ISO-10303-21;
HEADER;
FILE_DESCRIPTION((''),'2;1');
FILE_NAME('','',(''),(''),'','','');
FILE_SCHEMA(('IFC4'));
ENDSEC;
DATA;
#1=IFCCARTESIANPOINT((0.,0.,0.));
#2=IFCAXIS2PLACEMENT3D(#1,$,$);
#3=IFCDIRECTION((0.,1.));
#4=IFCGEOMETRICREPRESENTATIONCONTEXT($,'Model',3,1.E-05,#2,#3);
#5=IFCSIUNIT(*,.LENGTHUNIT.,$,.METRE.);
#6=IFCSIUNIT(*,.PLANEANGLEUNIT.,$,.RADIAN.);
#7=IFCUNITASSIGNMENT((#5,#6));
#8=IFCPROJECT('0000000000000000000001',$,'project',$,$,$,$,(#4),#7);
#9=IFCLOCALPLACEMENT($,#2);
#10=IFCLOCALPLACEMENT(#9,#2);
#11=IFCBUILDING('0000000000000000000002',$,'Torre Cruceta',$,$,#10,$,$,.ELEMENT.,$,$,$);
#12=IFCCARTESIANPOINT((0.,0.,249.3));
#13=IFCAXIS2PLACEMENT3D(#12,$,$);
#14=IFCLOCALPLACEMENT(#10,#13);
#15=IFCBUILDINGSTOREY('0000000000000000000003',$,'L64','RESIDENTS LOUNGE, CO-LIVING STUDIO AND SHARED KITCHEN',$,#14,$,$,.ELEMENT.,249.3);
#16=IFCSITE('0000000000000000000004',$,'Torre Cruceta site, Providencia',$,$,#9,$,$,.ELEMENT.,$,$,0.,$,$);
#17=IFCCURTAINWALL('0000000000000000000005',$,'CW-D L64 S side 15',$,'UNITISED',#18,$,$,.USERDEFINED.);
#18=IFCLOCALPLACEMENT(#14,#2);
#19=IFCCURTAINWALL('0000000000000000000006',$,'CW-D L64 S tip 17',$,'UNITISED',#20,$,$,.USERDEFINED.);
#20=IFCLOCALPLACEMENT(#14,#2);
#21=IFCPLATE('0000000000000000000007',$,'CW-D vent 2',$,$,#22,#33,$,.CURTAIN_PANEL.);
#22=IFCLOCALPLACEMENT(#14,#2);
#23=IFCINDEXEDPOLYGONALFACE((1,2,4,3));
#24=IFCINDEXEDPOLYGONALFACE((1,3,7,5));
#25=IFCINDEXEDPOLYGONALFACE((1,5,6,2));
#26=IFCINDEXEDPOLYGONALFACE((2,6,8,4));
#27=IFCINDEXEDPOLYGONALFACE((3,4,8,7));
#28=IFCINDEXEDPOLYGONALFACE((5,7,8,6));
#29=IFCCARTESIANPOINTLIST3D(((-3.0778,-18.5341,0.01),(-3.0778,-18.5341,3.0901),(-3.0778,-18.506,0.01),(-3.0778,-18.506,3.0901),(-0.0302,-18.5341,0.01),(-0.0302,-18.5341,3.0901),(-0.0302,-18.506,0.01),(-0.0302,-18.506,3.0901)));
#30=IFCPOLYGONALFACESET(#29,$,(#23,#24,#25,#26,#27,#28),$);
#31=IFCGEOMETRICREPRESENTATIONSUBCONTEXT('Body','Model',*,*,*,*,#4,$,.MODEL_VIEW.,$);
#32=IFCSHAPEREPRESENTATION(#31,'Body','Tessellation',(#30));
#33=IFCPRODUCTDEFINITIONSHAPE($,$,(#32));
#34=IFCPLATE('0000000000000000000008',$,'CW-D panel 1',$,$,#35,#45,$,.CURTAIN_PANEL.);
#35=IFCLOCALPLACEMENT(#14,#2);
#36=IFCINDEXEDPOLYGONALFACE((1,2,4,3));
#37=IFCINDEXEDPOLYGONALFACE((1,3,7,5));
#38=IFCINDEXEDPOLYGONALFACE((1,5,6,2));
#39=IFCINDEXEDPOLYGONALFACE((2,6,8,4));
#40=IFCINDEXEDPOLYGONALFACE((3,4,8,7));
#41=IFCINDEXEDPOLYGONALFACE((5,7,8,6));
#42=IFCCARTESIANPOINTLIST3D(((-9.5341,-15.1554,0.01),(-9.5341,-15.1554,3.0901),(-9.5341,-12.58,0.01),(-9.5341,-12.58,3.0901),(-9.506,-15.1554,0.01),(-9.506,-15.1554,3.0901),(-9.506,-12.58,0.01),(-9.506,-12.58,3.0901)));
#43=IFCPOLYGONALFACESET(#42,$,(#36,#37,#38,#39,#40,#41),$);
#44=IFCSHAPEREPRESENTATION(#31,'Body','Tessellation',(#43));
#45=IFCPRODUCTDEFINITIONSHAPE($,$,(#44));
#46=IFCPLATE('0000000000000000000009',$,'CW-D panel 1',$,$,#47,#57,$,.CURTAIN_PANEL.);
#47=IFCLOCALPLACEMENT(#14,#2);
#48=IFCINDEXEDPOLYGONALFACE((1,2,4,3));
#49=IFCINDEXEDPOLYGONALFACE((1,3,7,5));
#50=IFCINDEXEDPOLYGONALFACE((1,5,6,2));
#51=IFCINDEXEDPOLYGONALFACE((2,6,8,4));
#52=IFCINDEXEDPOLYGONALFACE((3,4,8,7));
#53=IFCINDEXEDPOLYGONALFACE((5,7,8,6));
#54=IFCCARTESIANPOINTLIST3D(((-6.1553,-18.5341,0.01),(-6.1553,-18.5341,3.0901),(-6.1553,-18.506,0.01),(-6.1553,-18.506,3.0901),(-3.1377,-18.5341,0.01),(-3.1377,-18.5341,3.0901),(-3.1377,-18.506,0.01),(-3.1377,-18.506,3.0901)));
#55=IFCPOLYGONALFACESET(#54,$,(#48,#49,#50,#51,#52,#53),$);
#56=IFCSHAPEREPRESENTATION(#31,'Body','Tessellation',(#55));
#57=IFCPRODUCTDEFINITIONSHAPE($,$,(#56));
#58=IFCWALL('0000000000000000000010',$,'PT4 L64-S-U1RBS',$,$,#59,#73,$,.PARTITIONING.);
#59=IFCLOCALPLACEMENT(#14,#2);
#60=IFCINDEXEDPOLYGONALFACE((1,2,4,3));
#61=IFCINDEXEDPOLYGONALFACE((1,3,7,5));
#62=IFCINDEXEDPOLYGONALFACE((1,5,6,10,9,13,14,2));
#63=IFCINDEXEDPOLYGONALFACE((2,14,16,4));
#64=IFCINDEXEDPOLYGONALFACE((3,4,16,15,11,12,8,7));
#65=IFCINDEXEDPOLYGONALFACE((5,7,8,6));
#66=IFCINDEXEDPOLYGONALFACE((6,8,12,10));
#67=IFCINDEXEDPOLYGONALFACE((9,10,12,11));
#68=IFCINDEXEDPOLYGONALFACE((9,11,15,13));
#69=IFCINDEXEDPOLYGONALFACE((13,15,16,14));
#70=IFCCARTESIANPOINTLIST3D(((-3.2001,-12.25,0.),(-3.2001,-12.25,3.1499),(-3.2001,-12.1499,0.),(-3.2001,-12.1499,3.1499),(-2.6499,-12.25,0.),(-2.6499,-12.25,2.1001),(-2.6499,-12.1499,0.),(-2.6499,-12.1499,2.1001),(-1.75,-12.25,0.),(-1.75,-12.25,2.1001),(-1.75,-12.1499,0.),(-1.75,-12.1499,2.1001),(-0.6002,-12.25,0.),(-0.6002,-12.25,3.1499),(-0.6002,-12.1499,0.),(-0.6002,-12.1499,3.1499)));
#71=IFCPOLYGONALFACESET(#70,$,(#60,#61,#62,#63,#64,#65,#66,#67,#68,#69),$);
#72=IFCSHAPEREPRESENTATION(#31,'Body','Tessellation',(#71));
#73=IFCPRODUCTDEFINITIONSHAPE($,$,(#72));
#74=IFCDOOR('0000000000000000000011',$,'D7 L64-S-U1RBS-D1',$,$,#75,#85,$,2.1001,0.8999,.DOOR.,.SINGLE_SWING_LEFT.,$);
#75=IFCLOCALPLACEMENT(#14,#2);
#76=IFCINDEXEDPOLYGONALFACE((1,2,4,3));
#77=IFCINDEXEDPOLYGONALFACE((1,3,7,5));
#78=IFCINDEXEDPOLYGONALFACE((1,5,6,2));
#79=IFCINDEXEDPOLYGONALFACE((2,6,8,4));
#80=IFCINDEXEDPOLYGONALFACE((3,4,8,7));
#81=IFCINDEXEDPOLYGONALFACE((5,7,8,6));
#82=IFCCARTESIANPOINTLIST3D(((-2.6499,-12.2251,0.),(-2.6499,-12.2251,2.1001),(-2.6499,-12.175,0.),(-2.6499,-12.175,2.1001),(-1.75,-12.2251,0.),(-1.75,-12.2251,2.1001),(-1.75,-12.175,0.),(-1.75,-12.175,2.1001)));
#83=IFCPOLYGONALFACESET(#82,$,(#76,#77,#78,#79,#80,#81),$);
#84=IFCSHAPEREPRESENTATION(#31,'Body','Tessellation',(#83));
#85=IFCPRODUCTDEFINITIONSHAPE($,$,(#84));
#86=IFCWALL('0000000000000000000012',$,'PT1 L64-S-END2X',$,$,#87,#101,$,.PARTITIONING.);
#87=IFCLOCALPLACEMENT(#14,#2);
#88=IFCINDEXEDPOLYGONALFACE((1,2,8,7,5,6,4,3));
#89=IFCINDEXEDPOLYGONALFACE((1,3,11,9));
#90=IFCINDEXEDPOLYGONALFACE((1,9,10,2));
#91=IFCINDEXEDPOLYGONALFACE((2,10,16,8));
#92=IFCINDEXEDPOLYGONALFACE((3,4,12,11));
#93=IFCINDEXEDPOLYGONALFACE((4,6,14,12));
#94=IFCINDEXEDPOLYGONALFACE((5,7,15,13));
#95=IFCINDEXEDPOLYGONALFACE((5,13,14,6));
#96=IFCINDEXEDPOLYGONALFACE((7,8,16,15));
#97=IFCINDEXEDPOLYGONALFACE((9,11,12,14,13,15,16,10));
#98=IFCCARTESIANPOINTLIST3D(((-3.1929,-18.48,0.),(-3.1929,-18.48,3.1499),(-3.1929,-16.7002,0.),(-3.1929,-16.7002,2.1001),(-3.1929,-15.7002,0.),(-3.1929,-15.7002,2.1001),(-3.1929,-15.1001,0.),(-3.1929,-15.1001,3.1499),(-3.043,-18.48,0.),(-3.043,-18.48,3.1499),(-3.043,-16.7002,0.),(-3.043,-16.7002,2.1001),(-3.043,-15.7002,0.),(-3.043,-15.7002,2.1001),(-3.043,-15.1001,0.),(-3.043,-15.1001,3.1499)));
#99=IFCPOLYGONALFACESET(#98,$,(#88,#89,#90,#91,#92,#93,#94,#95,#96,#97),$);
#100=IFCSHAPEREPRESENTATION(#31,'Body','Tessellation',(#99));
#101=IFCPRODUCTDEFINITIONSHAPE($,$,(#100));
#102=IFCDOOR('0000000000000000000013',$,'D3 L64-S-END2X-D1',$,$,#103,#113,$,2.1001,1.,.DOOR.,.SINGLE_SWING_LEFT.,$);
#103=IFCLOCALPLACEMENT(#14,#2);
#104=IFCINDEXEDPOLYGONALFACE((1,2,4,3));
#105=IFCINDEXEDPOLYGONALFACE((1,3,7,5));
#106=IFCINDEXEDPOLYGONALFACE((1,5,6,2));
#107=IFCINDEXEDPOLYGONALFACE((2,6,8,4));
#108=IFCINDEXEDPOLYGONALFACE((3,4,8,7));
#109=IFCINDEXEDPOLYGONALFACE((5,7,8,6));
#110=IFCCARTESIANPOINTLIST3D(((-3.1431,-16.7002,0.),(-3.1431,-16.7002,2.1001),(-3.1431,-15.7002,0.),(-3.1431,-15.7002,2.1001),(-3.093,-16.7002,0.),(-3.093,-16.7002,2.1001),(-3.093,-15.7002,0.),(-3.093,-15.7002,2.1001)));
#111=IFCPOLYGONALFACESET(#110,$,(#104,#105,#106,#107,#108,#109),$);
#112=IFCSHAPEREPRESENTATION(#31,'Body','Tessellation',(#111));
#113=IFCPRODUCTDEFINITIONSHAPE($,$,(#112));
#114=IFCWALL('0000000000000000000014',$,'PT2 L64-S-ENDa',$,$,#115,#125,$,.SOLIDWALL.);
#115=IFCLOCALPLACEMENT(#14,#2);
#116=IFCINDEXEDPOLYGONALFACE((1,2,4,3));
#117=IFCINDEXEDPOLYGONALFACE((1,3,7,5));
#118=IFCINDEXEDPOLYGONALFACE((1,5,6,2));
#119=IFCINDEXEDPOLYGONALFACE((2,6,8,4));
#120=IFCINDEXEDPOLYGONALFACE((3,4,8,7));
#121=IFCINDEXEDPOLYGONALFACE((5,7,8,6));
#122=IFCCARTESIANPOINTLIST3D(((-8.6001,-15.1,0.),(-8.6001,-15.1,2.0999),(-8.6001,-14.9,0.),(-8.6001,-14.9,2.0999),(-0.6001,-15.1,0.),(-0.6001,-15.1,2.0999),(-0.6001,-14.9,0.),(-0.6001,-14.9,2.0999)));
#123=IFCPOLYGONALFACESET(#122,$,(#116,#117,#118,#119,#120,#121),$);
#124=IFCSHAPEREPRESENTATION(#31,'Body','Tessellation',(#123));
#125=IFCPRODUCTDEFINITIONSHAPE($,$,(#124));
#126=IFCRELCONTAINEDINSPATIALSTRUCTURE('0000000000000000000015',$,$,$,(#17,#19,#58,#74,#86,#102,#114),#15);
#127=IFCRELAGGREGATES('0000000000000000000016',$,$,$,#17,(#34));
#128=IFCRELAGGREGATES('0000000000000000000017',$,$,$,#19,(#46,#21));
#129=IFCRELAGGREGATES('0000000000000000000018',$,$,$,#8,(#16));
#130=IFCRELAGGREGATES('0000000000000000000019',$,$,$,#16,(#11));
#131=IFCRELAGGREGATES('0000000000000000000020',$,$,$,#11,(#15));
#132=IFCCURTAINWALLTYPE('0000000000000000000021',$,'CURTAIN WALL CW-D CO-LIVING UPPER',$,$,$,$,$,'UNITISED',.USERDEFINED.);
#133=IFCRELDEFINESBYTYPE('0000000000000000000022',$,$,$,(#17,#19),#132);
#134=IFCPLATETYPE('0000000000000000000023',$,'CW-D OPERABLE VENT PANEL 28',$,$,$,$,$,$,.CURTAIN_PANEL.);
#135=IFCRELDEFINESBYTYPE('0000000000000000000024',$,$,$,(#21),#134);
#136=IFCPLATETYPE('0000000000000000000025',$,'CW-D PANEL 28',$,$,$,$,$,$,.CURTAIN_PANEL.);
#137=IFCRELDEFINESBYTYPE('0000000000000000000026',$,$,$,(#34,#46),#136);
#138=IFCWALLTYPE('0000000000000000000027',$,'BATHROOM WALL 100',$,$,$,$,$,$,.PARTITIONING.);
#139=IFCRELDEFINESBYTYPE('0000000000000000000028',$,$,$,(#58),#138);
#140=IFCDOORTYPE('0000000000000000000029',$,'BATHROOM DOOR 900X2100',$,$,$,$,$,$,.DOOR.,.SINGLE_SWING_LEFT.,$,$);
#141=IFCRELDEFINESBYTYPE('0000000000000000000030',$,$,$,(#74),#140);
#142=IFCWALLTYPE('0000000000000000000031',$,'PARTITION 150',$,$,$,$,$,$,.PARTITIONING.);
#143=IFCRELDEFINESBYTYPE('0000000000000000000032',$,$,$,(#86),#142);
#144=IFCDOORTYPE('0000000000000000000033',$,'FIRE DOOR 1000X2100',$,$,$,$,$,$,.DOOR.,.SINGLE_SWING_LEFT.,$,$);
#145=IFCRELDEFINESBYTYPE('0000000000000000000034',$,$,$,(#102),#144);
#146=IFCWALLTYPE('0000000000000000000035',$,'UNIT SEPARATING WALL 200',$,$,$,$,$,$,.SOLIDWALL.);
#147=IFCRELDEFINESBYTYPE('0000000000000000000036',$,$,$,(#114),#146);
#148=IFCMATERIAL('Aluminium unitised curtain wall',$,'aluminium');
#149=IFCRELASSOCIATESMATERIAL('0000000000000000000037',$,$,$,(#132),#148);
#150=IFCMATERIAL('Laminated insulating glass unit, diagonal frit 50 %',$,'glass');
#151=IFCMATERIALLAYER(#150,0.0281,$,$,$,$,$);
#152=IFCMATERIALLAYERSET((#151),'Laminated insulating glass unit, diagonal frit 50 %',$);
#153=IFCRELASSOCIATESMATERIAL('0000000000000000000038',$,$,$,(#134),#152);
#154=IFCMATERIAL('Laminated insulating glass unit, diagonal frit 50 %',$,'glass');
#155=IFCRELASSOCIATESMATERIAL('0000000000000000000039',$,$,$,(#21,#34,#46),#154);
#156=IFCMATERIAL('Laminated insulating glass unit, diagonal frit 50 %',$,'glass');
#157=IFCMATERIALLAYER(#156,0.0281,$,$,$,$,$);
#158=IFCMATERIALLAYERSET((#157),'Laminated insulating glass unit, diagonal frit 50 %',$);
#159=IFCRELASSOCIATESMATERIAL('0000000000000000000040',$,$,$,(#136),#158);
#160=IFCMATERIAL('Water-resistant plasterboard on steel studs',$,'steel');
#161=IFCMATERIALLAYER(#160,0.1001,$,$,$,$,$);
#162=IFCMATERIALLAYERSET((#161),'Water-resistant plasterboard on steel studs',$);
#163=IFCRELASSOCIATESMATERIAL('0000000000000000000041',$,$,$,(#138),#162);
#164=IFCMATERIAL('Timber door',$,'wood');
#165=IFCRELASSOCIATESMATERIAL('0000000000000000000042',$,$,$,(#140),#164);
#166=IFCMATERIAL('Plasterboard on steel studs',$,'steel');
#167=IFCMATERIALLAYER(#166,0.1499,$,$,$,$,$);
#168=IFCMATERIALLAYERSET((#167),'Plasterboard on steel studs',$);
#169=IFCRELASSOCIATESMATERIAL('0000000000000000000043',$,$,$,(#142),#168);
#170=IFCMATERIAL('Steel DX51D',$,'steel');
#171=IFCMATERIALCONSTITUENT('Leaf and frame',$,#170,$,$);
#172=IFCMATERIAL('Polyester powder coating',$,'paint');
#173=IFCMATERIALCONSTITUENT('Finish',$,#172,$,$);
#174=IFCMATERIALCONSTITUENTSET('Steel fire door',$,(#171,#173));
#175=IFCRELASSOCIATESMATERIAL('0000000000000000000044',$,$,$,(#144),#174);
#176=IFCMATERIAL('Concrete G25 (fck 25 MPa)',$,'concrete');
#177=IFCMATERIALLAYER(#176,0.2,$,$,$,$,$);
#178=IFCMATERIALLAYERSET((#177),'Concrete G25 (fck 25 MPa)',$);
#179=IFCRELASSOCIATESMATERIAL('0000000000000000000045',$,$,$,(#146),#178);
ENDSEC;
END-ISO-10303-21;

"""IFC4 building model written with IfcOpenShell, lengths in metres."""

from ifc_helpers import new_model, si_unit, direction, frame, frame_2d, origin, origin_2d, place, context, subcontext, project, spatial, rectangle, extrude, material, layer, layer_set, constituent, constituent_set, type_object, element, fill, aggregate, save


model = new_model("IFC4")

# Units and contexts
model_context = context("Model", 3, precision=1e-05, world=origin(), true_north=direction((0.0, 1.0)))
body_context = subcontext(model_context, "Body", "Model", "MODEL_VIEW")
ifc_project = project(units=[si_unit("LENGTHUNIT", "METRE"), si_unit("PLANEANGLEUNIT", "RADIAN")], contexts=[model_context])

# Site, building, storey
site_placement = place(None, origin())
site = spatial("IfcSite", under=ifc_project, at=site_placement, Name="Torre Cruceta site, Providencia", CompositionType="ELEMENT", RefElevation=0.0)
building_placement = place(site_placement, origin())
building = spatial("IfcBuilding", under=site, at=building_placement, Name="Torre Cruceta", CompositionType="ELEMENT")
storey_placement = place(building_placement, frame((0.0, 0.0, 249.3)))
storey = spatial("IfcBuildingStorey", under=building, at=storey_placement, Name="L64", Description="RESIDENTS LOUNGE, CO-LIVING STUDIO AND SHARED KITCHEN", CompositionType="ELEMENT", Elevation=249.3)

# Curtain wall
ifc_material_1 = material(Name="Aluminium unitised curtain wall", Category="aluminium")
curtain_wall_type = type_object("IfcCurtainWallType", Name="CURTAIN WALL CW-D CO-LIVING UPPER", ElementType="UNITISED", PredefinedType="USERDEFINED", material=ifc_material_1)
curtain_wall_1_placement = place(storey_placement, origin())
curtain_wall_1 = element("IfcCurtainWall", 1, at=curtain_wall_1_placement, inside=storey, type_object=curtain_wall_type, Name="CW-D L64 S side 15", ObjectType="UNITISED", PredefinedType="USERDEFINED")

# Curtain wall
curtain_wall_2_placement = place(storey_placement, origin())
curtain_wall_2 = element("IfcCurtainWall", 2, at=curtain_wall_2_placement, inside=storey, type_object=curtain_wall_type, Name="CW-D L64 S tip 17", ObjectType="UNITISED", PredefinedType="USERDEFINED")

# Plates
ifc_material_2 = material(Name="Laminated insulating glass unit, diagonal frit 50 %", Category="glass")
ifc_material_3 = material(Name="Laminated insulating glass unit, diagonal frit 50 %", Category="glass")
ifc_layer_1 = layer(ifc_material_3, 0.0281)
ifc_layer_set_1 = layer_set([ifc_layer_1], Name="Laminated insulating glass unit, diagonal frit 50 %")
plate_type_1 = type_object("IfcPlateType", Name="CW-D OPERABLE VENT PANEL 28", PredefinedType="CURTAIN_PANEL", material=ifc_layer_set_1)
plate_1_placement = place(storey_placement, frame((-1.554, -18.52, 0.01), z_axis=(0.0, 0.0, 1.0), x_axis=(1.0, 0.0, 0.0)))
plate_1 = element("IfcPlate", 3, at=plate_1_placement, type_object=plate_type_1, material=ifc_material_2, Name="CW-D vent 2", PredefinedType="CURTAIN_PANEL", context=body_context, shape_type="SweptSolid", body=[
    extrude(rectangle(XDim=3.0476, YDim=0.0281, at=origin_2d()), origin(), (0.0, 0.0, 1.0), 3.0801),
])
ifc_material_4 = material(Name="Laminated insulating glass unit, diagonal frit 50 %", Category="glass")
ifc_layer_2 = layer(ifc_material_4, 0.0281)
ifc_layer_set_2 = layer_set([ifc_layer_2], Name="Laminated insulating glass unit, diagonal frit 50 %")
plate_type_2 = type_object("IfcPlateType", Name="CW-D PANEL 28", PredefinedType="CURTAIN_PANEL", material=ifc_layer_set_2)
plate_2_placement = place(storey_placement, frame((-9.52, -13.8677, 0.01), z_axis=(0.0, 0.0, 1.0), x_axis=(0.0, -1.0, 0.0)))
plate_2 = element("IfcPlate", 4, at=plate_2_placement, type_object=plate_type_2, material=ifc_material_2, Name="CW-D panel 1", PredefinedType="CURTAIN_PANEL", context=body_context, shape_type="SweptSolid", body=[
    extrude(rectangle(XDim=2.5754, YDim=0.0281, at=origin_2d()), origin(), (0.0, 0.0, 1.0), 3.0801),
])
aggregate(curtain_wall_1, [plate_2])
plate_3_placement = place(storey_placement, frame((-4.6465, -18.52, 0.01), z_axis=(0.0, 0.0, 1.0), x_axis=(1.0, 0.0, 0.0)))
plate_3 = element("IfcPlate", 5, at=plate_3_placement, type_object=plate_type_2, material=ifc_material_2, Name="CW-D panel 1", PredefinedType="CURTAIN_PANEL", context=body_context, shape_type="SweptSolid", body=[
    extrude(rectangle(XDim=3.0176, YDim=0.0281, at=origin_2d()), origin(), (0.0, 0.0, 1.0), 3.0801),
])
aggregate(curtain_wall_2, [plate_3, plate_1])

# Walls, openings, doors
ifc_material_5 = material(Name="Water-resistant plasterboard on steel studs", Category="steel")
ifc_layer_3 = layer(ifc_material_5, 0.1001)
ifc_layer_set_3 = layer_set([ifc_layer_3], Name="Water-resistant plasterboard on steel studs")
wall_type_1 = type_object("IfcWallType", Name="BATHROOM WALL 100", PredefinedType="PARTITIONING", material=ifc_layer_set_3)
wall_1_placement = place(storey_placement, frame((-3.2, -12.2, 0.0), z_axis=(0.0, 0.0, 1.0), x_axis=(1.0, 0.0, 0.0)))
wall_1 = element("IfcWall", 6, at=wall_1_placement, inside=storey, type_object=wall_type_1, Name="PT4 L64-S-U1RBS", PredefinedType="PARTITIONING", context=body_context, shape_type="SweptSolid", body=[
    extrude(rectangle(XDim=2.5999, YDim=0.1001, at=frame_2d((1.2998, 0.0))), origin(), (0.0, 0.0, 1.0), 3.1499),
])
opening_1_placement = place(wall_1_placement, frame((0.55, 0.0, 0.0)))
opening_1 = element("IfcOpeningElement", 7, at=opening_1_placement, cuts=wall_1, PredefinedType="OPENING", context=body_context, shape_type="SweptSolid", body=[
    extrude(rectangle(XDim=0.8999, YDim=2.1001, at=frame_2d((0.45, 1.05))), frame((0.0, 0.0601, 0.0), z_axis=(0.0, -1.0, 0.0), x_axis=(1.0, 0.0, 0.0)), (0.0, 0.0, 1.0), 0.1201),
])
ifc_material_6 = material(Name="Timber door", Category="wood")
door_type_1 = type_object("IfcDoorType", Name="BATHROOM DOOR 900X2100", OperationType="SINGLE_SWING_LEFT", PredefinedType="DOOR", material=ifc_material_6)
door_1_placement = place(opening_1_placement, origin())
door_1 = element("IfcDoor", 8, at=door_1_placement, inside=storey, type_object=door_type_1, Name="D7 L64-S-U1RBS-D1", OperationType="SINGLE_SWING_LEFT", OverallHeight=2.1001, OverallWidth=0.8999, PredefinedType="DOOR", context=body_context, shape_type="SweptSolid", body=[
    extrude(rectangle(XDim=0.8999, YDim=2.1001, at=frame_2d((0.45, 1.05))), frame((0.0, 0.0249, 0.0), z_axis=(0.0, -1.0, 0.0), x_axis=(1.0, 0.0, 0.0)), (0.0, 0.0, 1.0), 0.05),
])
fill(opening_1, door_1)
ifc_material_7 = material(Name="Plasterboard on steel studs", Category="steel")
ifc_layer_4 = layer(ifc_material_7, 0.1499)
ifc_layer_set_4 = layer_set([ifc_layer_4], Name="Plasterboard on steel studs")
wall_type_2 = type_object("IfcWallType", Name="PARTITION 150", PredefinedType="PARTITIONING", material=ifc_layer_set_4)
wall_2_placement = place(storey_placement, frame((-3.1179, -15.1001, 0.0), z_axis=(0.0, 0.0, 1.0), x_axis=(0.0, -1.0, 0.0)))
wall_2 = element("IfcWall", 9, at=wall_2_placement, inside=storey, type_object=wall_type_2, Name="PT1 L64-S-END2X", PredefinedType="PARTITIONING", context=body_context, shape_type="SweptSolid", body=[
    extrude(rectangle(XDim=3.3799, YDim=0.1499, at=frame_2d((1.6899, 0.0))), origin(), (0.0, 0.0, 1.0), 3.1499),
])
opening_2_placement = place(wall_2_placement, frame((0.6001, 0.0, 0.0)))
opening_2 = element("IfcOpeningElement", 10, at=opening_2_placement, cuts=wall_2, PredefinedType="OPENING", context=body_context, shape_type="SweptSolid", body=[
    extrude(rectangle(XDim=1.0, YDim=2.1001, at=frame_2d((0.5, 1.05))), frame((0.0, 0.085, 0.0), z_axis=(0.0, -1.0, 0.0), x_axis=(1.0, 0.0, 0.0)), (0.0, 0.0, 1.0), 0.1699),
])
ifc_material_8 = material(Name="Steel DX51D", Category="steel")
ifc_constituent_1 = constituent(ifc_material_8, Name="Leaf and frame")
ifc_material_9 = material(Name="Polyester powder coating", Category="paint")
ifc_constituent_2 = constituent(ifc_material_9, Name="Finish")
ifc_constituent_set = constituent_set(constituents=[ifc_constituent_1, ifc_constituent_2], Name="Steel fire door")
door_type_2 = type_object("IfcDoorType", Name="FIRE DOOR 1000X2100", OperationType="SINGLE_SWING_LEFT", PredefinedType="DOOR", material=ifc_constituent_set)
door_2_placement = place(opening_2_placement, origin())
door_2 = element("IfcDoor", 11, at=door_2_placement, inside=storey, type_object=door_type_2, Name="D3 L64-S-END2X-D1", OperationType="SINGLE_SWING_LEFT", OverallHeight=2.1001, OverallWidth=1.0, PredefinedType="DOOR", context=body_context, shape_type="SweptSolid", body=[
    extrude(rectangle(XDim=1.0, YDim=2.1001, at=frame_2d((0.5, 1.05))), frame((0.0, 0.0249, 0.0), z_axis=(0.0, -1.0, 0.0), x_axis=(1.0, 0.0, 0.0)), (0.0, 0.0, 1.0), 0.05),
])
fill(opening_2, door_2)

# Wall
ifc_material_10 = material(Name="Concrete G25 (fck 25 MPa)", Category="concrete")
ifc_layer_5 = layer(ifc_material_10, 0.2)
ifc_layer_set_5 = layer_set([ifc_layer_5], Name="Concrete G25 (fck 25 MPa)")
wall_type_3 = type_object("IfcWallType", Name="UNIT SEPARATING WALL 200", PredefinedType="SOLIDWALL", material=ifc_layer_set_5)
wall_3_placement = place(storey_placement, frame((-8.6001, -15.0, 0.0), z_axis=(0.0, 0.0, 1.0), x_axis=(1.0, 0.0, 0.0)))
element("IfcWall", 12, at=wall_3_placement, inside=storey, type_object=wall_type_3, Name="PT2 L64-S-ENDa", PredefinedType="SOLIDWALL", context=body_context, shape_type="SweptSolid", body=[
    extrude(rectangle(XDim=8.0, YDim=0.2, at=frame_2d((4.0, 0.0))), origin(), (0.0, 0.0, 1.0), 2.0999),
])

save(model, "model.ifc")
